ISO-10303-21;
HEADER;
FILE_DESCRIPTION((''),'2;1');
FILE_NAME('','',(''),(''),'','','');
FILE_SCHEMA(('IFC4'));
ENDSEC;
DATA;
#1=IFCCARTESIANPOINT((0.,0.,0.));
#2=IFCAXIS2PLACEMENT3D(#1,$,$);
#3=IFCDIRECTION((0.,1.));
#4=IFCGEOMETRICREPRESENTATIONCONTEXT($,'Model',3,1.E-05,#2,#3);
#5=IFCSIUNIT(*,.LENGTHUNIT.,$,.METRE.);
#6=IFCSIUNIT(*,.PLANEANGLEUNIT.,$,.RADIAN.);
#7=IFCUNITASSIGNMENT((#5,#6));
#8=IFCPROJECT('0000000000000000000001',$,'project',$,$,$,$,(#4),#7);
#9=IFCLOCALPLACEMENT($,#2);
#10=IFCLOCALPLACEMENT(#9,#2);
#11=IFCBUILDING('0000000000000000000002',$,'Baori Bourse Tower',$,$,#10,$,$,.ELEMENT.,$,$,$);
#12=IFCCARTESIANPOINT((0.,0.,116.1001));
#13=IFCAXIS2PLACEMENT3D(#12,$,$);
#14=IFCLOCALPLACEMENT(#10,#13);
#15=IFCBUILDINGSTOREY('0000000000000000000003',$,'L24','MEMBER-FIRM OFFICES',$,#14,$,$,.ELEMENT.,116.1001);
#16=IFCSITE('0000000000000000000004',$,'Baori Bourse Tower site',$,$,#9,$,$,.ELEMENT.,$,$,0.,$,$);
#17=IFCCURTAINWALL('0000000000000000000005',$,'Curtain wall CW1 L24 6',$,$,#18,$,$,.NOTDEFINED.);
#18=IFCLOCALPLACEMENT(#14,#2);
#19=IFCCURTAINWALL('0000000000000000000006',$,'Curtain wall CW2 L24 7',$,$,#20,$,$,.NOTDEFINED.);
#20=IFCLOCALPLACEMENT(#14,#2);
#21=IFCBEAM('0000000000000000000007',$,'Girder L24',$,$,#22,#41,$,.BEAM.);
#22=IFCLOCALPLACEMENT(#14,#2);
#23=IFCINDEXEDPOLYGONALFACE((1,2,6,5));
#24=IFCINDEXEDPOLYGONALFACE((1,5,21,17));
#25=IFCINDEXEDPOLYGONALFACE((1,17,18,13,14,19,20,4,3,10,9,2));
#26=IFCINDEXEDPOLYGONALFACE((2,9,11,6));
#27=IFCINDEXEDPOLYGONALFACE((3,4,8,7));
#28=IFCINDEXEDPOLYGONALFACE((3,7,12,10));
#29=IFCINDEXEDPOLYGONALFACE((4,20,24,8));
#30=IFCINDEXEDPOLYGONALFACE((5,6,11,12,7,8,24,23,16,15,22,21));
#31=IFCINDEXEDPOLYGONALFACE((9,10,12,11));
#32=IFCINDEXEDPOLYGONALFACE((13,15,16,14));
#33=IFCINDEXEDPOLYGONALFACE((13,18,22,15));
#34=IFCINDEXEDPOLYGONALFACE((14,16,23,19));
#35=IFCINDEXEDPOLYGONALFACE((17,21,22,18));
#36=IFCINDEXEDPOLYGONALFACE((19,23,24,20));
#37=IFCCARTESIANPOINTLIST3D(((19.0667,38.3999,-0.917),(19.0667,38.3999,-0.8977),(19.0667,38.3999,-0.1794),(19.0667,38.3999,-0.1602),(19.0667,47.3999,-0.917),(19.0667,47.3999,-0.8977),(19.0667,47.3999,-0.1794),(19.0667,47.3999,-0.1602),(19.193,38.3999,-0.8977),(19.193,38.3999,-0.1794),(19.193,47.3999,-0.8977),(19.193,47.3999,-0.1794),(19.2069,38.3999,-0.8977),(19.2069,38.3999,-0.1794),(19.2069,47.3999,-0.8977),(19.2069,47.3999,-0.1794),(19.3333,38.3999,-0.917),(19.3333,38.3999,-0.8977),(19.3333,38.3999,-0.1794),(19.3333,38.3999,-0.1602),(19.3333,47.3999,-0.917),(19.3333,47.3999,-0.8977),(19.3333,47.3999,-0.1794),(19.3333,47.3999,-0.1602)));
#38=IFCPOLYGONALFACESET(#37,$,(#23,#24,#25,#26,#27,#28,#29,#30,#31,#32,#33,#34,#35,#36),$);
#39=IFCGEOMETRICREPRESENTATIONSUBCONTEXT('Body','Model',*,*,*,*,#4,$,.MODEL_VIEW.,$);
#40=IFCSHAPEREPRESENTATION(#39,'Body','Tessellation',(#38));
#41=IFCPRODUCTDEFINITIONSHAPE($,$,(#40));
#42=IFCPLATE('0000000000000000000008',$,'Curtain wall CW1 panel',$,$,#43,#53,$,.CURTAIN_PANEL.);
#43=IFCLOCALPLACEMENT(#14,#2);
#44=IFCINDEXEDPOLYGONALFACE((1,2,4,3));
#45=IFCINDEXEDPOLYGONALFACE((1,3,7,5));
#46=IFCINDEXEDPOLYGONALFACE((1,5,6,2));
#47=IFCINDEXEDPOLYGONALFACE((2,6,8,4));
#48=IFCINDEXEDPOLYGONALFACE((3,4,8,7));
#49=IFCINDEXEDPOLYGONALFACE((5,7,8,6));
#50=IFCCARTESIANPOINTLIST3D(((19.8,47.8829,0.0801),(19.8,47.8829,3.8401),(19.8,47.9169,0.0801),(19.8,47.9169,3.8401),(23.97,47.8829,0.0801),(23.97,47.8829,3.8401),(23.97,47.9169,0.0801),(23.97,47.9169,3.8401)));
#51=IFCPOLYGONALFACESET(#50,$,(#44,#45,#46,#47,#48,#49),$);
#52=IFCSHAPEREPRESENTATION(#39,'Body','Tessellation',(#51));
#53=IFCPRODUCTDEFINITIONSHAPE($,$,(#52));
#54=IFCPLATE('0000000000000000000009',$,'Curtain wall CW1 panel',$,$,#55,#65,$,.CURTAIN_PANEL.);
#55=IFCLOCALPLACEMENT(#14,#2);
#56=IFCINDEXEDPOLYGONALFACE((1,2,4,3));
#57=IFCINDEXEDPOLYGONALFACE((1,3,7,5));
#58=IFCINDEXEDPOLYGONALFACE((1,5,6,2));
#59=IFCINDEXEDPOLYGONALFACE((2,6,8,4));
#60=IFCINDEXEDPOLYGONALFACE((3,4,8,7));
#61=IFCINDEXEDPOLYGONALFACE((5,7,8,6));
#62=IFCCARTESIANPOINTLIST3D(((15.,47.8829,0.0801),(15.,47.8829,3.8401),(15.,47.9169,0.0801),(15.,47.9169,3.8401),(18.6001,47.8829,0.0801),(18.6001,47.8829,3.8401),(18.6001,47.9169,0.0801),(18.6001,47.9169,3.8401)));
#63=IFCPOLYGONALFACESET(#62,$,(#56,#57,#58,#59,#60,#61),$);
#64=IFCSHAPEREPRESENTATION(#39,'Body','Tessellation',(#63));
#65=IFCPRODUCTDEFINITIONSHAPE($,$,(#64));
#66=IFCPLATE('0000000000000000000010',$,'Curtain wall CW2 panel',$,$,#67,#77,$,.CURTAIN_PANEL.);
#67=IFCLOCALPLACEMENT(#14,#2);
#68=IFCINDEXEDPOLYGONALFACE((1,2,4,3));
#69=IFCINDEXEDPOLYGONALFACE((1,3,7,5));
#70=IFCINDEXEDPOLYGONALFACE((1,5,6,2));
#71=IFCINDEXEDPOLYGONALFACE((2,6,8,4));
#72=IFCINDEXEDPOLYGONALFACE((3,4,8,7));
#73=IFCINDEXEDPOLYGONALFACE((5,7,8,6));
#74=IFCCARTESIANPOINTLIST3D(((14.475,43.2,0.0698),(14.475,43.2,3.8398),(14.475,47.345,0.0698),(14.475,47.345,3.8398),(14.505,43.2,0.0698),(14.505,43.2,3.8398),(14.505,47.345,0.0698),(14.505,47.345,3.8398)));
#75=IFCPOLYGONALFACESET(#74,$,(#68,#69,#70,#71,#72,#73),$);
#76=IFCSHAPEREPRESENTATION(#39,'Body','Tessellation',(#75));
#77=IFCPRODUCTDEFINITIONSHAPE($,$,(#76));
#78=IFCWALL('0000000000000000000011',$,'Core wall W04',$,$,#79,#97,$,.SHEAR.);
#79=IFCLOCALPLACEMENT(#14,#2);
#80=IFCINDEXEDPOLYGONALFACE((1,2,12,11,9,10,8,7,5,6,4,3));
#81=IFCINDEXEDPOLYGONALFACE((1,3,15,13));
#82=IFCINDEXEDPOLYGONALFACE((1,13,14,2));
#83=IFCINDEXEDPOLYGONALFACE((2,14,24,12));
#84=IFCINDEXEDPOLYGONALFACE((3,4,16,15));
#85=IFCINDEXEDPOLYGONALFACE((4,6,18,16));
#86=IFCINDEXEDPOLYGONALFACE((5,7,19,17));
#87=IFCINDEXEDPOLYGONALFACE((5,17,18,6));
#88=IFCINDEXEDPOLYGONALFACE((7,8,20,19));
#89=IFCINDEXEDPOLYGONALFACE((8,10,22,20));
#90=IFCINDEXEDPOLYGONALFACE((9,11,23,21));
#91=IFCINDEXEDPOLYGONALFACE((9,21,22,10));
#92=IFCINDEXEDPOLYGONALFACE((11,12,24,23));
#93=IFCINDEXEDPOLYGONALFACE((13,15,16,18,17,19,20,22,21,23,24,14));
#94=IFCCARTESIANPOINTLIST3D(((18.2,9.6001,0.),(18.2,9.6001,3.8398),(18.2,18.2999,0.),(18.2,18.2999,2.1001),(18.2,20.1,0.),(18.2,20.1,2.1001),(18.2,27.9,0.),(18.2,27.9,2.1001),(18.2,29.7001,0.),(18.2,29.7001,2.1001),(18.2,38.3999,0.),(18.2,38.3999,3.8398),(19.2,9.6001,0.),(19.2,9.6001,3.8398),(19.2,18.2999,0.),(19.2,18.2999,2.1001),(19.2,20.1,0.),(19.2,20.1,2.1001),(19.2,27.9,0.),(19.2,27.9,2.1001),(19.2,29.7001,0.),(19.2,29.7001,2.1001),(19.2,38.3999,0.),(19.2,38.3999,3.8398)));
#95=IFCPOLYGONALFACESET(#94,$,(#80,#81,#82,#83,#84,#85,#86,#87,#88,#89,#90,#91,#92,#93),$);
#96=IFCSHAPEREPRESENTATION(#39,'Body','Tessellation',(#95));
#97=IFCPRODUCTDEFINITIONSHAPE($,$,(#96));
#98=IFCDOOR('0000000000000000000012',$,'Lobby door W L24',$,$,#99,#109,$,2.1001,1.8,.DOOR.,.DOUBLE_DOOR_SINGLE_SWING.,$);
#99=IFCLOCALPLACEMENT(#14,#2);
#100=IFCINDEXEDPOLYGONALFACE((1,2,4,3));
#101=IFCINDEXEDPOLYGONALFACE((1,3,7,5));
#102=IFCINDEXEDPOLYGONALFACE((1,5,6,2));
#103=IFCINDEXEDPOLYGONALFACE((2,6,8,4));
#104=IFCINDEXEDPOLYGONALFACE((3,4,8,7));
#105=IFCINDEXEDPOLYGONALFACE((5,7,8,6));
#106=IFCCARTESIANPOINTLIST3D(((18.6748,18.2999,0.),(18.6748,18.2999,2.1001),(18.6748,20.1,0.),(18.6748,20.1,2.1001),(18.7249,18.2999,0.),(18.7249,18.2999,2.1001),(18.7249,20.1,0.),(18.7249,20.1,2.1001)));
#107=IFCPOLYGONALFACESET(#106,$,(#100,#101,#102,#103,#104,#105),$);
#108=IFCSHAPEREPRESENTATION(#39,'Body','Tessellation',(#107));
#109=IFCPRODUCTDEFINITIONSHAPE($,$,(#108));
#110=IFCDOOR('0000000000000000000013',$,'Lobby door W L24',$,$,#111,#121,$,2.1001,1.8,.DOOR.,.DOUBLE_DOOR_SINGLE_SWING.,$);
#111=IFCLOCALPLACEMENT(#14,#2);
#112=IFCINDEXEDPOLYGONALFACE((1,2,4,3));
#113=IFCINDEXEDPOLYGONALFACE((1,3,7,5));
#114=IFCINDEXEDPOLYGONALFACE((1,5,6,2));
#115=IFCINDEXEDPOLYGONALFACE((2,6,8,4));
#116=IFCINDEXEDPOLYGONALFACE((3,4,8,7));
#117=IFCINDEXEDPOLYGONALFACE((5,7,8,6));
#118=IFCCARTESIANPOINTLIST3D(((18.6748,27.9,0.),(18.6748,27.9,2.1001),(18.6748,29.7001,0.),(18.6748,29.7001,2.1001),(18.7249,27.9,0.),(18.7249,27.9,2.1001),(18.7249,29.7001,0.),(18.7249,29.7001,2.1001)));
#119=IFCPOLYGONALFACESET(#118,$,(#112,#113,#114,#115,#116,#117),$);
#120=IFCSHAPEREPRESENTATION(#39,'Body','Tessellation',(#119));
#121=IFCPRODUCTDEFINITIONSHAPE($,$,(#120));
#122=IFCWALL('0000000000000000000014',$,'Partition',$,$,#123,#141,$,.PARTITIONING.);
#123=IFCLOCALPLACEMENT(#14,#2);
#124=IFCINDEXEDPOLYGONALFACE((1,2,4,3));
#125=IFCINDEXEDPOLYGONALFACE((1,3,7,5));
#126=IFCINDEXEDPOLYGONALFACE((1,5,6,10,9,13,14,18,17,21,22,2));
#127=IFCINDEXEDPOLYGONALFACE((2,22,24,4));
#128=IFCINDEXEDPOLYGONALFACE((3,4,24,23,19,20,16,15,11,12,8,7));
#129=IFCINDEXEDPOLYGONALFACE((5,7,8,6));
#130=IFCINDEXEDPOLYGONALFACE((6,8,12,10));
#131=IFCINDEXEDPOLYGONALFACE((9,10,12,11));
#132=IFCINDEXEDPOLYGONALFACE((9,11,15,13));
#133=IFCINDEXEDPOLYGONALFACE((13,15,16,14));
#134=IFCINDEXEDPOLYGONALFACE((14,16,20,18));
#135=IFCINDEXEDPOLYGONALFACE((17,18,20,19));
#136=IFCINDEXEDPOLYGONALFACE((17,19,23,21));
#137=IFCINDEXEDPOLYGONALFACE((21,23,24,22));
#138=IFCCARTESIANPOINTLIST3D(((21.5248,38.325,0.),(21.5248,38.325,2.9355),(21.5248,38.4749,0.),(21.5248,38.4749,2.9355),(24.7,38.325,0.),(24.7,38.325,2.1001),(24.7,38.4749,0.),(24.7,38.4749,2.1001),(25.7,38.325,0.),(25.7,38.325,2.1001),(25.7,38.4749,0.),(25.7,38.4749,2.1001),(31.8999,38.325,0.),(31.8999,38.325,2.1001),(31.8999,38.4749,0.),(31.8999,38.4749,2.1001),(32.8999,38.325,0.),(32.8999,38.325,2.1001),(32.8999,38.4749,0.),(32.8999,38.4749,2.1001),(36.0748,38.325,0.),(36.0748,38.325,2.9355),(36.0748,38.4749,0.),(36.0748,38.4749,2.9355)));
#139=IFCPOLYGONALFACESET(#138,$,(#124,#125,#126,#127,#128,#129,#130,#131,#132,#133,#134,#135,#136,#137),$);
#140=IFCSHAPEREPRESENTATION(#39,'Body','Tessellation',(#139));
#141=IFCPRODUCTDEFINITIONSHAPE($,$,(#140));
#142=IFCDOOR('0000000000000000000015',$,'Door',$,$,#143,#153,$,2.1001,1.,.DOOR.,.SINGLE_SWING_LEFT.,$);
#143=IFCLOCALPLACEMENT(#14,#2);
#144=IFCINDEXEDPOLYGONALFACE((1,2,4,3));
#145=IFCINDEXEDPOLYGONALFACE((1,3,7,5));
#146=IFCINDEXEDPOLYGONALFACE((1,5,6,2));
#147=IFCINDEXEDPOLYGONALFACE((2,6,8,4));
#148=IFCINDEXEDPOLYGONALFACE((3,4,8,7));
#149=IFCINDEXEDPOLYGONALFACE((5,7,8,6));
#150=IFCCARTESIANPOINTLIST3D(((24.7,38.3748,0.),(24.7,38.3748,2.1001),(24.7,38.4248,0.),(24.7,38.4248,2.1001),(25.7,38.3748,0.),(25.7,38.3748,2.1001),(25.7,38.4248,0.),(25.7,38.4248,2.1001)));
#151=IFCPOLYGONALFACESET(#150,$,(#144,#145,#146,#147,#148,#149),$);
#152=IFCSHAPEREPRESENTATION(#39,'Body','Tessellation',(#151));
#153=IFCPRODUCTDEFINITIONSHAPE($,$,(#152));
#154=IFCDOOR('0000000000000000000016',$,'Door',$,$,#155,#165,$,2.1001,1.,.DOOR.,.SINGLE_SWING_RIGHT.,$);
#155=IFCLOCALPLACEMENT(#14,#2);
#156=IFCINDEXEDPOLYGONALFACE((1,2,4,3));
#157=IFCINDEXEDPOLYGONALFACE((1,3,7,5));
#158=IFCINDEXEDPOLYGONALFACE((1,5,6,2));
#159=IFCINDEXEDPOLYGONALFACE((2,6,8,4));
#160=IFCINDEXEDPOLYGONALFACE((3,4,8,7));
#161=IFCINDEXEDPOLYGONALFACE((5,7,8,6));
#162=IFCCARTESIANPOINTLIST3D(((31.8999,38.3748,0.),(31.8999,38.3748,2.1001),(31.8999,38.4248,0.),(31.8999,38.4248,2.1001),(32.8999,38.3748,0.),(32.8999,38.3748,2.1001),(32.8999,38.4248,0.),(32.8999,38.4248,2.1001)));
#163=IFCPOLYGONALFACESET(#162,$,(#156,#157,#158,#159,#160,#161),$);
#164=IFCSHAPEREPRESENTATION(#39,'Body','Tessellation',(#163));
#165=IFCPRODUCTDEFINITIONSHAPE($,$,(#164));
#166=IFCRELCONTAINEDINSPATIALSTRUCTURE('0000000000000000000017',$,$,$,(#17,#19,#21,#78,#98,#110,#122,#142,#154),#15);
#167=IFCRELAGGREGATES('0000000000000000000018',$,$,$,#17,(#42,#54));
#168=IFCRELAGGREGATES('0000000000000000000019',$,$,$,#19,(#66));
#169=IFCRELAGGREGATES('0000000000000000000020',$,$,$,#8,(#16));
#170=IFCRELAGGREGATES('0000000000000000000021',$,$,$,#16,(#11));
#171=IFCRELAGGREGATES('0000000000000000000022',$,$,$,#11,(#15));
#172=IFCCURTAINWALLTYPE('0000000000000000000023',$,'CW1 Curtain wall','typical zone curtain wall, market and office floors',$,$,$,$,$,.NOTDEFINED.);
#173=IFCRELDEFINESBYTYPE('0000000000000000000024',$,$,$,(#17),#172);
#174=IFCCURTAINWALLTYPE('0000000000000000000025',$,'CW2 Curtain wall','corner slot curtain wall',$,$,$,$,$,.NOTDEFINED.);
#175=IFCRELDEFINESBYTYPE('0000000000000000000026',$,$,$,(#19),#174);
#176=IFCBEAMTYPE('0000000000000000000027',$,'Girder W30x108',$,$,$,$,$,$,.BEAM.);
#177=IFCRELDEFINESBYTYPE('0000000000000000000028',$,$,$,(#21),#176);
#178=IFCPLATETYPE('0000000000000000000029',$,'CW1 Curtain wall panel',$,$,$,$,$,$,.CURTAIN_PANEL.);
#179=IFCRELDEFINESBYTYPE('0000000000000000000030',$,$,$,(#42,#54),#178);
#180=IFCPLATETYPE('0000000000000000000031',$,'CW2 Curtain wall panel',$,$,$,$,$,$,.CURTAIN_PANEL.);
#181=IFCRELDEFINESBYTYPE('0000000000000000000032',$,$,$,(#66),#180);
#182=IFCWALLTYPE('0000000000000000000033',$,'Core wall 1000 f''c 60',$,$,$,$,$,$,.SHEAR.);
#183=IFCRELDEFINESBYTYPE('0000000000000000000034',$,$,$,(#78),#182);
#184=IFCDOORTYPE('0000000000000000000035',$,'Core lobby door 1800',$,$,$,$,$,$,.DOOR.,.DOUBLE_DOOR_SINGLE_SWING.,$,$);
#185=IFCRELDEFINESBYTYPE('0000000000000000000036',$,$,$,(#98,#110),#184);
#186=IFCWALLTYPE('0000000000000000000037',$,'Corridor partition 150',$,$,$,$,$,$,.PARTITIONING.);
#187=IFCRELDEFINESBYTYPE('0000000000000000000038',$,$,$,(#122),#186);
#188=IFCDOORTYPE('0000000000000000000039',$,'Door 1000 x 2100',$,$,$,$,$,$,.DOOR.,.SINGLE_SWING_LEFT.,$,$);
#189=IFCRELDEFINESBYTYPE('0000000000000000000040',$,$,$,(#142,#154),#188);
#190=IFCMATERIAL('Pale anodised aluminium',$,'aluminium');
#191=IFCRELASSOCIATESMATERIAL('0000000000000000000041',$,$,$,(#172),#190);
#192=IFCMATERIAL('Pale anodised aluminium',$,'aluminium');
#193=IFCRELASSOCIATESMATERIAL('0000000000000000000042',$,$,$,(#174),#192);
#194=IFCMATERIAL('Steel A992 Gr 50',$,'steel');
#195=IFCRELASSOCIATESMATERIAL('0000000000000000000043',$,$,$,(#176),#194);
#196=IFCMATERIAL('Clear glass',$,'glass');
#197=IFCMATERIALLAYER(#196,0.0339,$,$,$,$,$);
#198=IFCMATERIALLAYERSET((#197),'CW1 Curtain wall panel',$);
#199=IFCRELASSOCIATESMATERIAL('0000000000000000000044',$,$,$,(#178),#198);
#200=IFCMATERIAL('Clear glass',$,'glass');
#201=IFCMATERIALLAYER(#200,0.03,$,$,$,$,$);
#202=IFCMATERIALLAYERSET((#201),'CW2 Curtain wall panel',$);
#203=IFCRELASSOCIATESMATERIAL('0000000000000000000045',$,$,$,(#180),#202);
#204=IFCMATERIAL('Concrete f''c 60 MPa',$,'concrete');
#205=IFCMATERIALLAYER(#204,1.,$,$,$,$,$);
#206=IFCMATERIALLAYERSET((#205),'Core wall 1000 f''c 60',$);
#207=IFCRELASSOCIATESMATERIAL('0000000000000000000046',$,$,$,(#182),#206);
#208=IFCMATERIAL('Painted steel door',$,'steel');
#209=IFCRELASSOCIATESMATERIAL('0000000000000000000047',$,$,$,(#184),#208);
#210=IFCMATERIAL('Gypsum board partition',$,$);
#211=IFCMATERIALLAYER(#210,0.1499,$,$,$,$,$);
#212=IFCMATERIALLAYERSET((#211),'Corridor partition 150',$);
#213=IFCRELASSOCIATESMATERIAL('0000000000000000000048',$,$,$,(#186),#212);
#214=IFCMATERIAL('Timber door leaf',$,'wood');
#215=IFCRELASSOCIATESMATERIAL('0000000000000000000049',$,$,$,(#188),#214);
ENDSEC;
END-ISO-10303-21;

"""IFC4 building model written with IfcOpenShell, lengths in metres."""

from ifc_helpers import new_model, si_unit, direction, frame, frame_2d, origin, origin_2d, place, context, subcontext, project, spatial, rectangle, i_section, extrude, material, layer, layer_set, material_profile, profile_set, type_object, element, fill, aggregate, save


model = new_model("IFC4")

# Units and contexts
model_context = context("Model", 3, precision=1e-05, world=origin(), true_north=direction((0.0, 1.0)))
body_context = subcontext(model_context, "Body", "Model", "MODEL_VIEW")
ifc_project = project(units=[si_unit("LENGTHUNIT", "METRE"), si_unit("PLANEANGLEUNIT", "RADIAN")], contexts=[model_context])

# Site, building, storey
site_placement = place(None, origin())
site = spatial("IfcSite", under=ifc_project, at=site_placement, Name="Baori Bourse Tower site", CompositionType="ELEMENT", RefElevation=0.0)
building_placement = place(site_placement, origin())
building = spatial("IfcBuilding", under=site, at=building_placement, Name="Baori Bourse Tower", CompositionType="ELEMENT")
storey_placement = place(building_placement, frame((0.0, 0.0, 116.1001)))
storey = spatial("IfcBuildingStorey", under=building, at=storey_placement, Name="L24", Description="MEMBER-FIRM OFFICES", CompositionType="ELEMENT", Elevation=116.1001)

# Curtain wall
ifc_material_1 = material(Name="Pale anodised aluminium", Category="aluminium")
curtain_wall_type_1 = type_object("IfcCurtainWallType", Name="CW1 Curtain wall", Description="typical zone curtain wall, market and office floors", PredefinedType="NOTDEFINED", material=ifc_material_1)
curtain_wall_1_placement = place(storey_placement, origin())
curtain_wall_1 = element("IfcCurtainWall", 1, at=curtain_wall_1_placement, inside=storey, type_object=curtain_wall_type_1, Name="Curtain wall CW1 L24 6", PredefinedType="NOTDEFINED")

# Curtain wall
ifc_material_2 = material(Name="Pale anodised aluminium", Category="aluminium")
curtain_wall_type_2 = type_object("IfcCurtainWallType", Name="CW2 Curtain wall", Description="corner slot curtain wall", PredefinedType="NOTDEFINED", material=ifc_material_2)
curtain_wall_2_placement = place(storey_placement, origin())
curtain_wall_2 = element("IfcCurtainWall", 2, at=curtain_wall_2_placement, inside=storey, type_object=curtain_wall_type_2, Name="Curtain wall CW2 L24 7", PredefinedType="NOTDEFINED")

# Beam
ifc_material_3 = material(Name="Steel A992 Gr 50", Category="steel")
ifc_material_profile_1 = material_profile(ifc_material_3, i_section(OverallWidth=0.2666, OverallDepth=0.7568, WebThickness=0.0139, FlangeThickness=0.0193, at=origin_2d()), Name="W30x108")
ifc_profile_set_1 = profile_set([ifc_material_profile_1], Name="Steel A992 Gr 50")
beam_type_1 = type_object("IfcBeamType", Name="Girder W30x108", PredefinedType="BEAM", material=ifc_profile_set_1)
beam_1_placement = place(storey_placement, frame((19.2, 38.3999, -0.5386), z_axis=(0.0, 1.0, 0.0), x_axis=(-1.0, 0.0, 0.0)))
element("IfcBeam", 3, at=beam_1_placement, inside=storey, type_object=beam_type_1, Name="Girder L24", PredefinedType="BEAM", context=body_context, shape_type="SweptSolid", body=[
    extrude(i_section(OverallWidth=0.2666, OverallDepth=0.7568, WebThickness=0.0139, FlangeThickness=0.0193, at=origin_2d()), origin(), (0.0, 0.0, 1.0), 9.0),
])

# Plates
ifc_material_4 = material(Name="Clear glass", Category="glass")
ifc_layer_1 = layer(ifc_material_4, 0.0339)
ifc_layer_set_1 = layer_set([ifc_layer_1], Name="CW1 Curtain wall panel")
plate_type_1 = type_object("IfcPlateType", Name="CW1 Curtain wall panel", PredefinedType="CURTAIN_PANEL", material=ifc_layer_set_1)
plate_1_placement = place(storey_placement, frame((21.885, 47.8999, 0.0801), z_axis=(0.0, 0.0, 1.0), x_axis=(-1.0, 0.0, 0.0)))
plate_1 = element("IfcPlate", 4, at=plate_1_placement, type_object=plate_type_1, Name="Curtain wall CW1 panel", PredefinedType="CURTAIN_PANEL", context=body_context, shape_type="SweptSolid", body=[
    extrude(rectangle(XDim=4.1699, YDim=0.0339, at=origin_2d()), origin(), (0.0, 0.0, 1.0), 3.76),
])
plate_2_placement = place(storey_placement, frame((16.8, 47.8999, 0.0801), z_axis=(0.0, 0.0, 1.0), x_axis=(-1.0, 0.0, 0.0)))
plate_2 = element("IfcPlate", 5, at=plate_2_placement, type_object=plate_type_1, Name="Curtain wall CW1 panel", PredefinedType="CURTAIN_PANEL", context=body_context, shape_type="SweptSolid", body=[
    extrude(rectangle(XDim=3.6001, YDim=0.0339, at=origin_2d()), origin(), (0.0, 0.0, 1.0), 3.76),
])
aggregate(curtain_wall_1, [plate_1, plate_2])
ifc_material_5 = material(Name="Clear glass", Category="glass")
ifc_layer_2 = layer(ifc_material_5, 0.03)
ifc_layer_set_2 = layer_set([ifc_layer_2], Name="CW2 Curtain wall panel")
plate_type_2 = type_object("IfcPlateType", Name="CW2 Curtain wall panel", PredefinedType="CURTAIN_PANEL", material=ifc_layer_set_2)
plate_3_placement = place(storey_placement, frame((14.49, 45.2725, 0.0698), z_axis=(0.0, 0.0, 1.0), x_axis=(0.0, -1.0, 0.0)))
plate_3 = element("IfcPlate", 6, at=plate_3_placement, type_object=plate_type_2, Name="Curtain wall CW2 panel", PredefinedType="CURTAIN_PANEL", context=body_context, shape_type="SweptSolid", body=[
    extrude(rectangle(XDim=4.145, YDim=0.03, at=origin_2d()), origin(), (0.0, 0.0, 1.0), 3.77),
])
aggregate(curtain_wall_2, [plate_3])

# Walls, openings, doors
ifc_material_6 = material(Name="Concrete f'c 60 MPa", Category="concrete")
ifc_layer_3 = layer(ifc_material_6, 1.0)
ifc_layer_set_3 = layer_set([ifc_layer_3], Name="Core wall 1000 f'c 60")
wall_type_1 = type_object("IfcWallType", Name="Core wall 1000 f'c 60", PredefinedType="SHEAR", material=ifc_layer_set_3)
wall_1_placement = place(storey_placement, frame((18.7, 38.3999, 0.0), z_axis=(0.0, 0.0, 1.0), x_axis=(0.0, -1.0, 0.0)))
wall_1 = element("IfcWall", 7, at=wall_1_placement, inside=storey, type_object=wall_type_1, Name="Core wall W04", PredefinedType="SHEAR", context=body_context, shape_type="SweptSolid", body=[
    extrude(rectangle(XDim=28.7998, YDim=1.0, at=frame_2d((14.3999, 0.0))), origin(), (0.0, 0.0, 1.0), 3.8398),
])
opening_1_placement = place(wall_1_placement, frame((18.3, 0.0, 0.0)))
opening_1 = element("IfcOpeningElement", 8, at=opening_1_placement, cuts=wall_1, PredefinedType="OPENING", context=body_context, shape_type="SweptSolid", body=[
    extrude(rectangle(XDim=1.8, YDim=2.1001, at=frame_2d((0.8999, 1.05))), frame((0.0, 0.51, 0.0), z_axis=(0.0, -1.0, 0.0), x_axis=(1.0, 0.0, 0.0)), (0.0, 0.0, 1.0), 1.02),
])
opening_2_placement = place(wall_1_placement, frame((8.7, 0.0, 0.0)))
opening_2 = element("IfcOpeningElement", 9, at=opening_2_placement, cuts=wall_1, PredefinedType="OPENING", context=body_context, shape_type="SweptSolid", body=[
    extrude(rectangle(XDim=1.8, YDim=2.1001, at=frame_2d((0.8999, 1.05))), frame((0.0, 0.51, 0.0), z_axis=(0.0, -1.0, 0.0), x_axis=(1.0, 0.0, 0.0)), (0.0, 0.0, 1.0), 1.02),
])
ifc_material_7 = material(Name="Painted steel door", Category="steel")
door_type_1 = type_object("IfcDoorType", Name="Core lobby door 1800", OperationType="DOUBLE_DOOR_SINGLE_SWING", PredefinedType="DOOR", material=ifc_material_7)
door_1_placement = place(opening_1_placement, origin())
door_1 = element("IfcDoor", 10, at=door_1_placement, inside=storey, type_object=door_type_1, Name="Lobby door W L24", OperationType="DOUBLE_DOOR_SINGLE_SWING", OverallHeight=2.1001, OverallWidth=1.8, PredefinedType="DOOR", context=body_context, shape_type="SweptSolid", body=[
    extrude(rectangle(XDim=1.8, YDim=2.1001, at=frame_2d((0.8999, 1.05))), frame((0.0, 0.0249, 0.0), z_axis=(0.0, -1.0, 0.0), x_axis=(1.0, 0.0, 0.0)), (0.0, 0.0, 1.0), 0.05),
])
fill(opening_1, door_1)
door_2_placement = place(opening_2_placement, origin())
door_2 = element("IfcDoor", 11, at=door_2_placement, inside=storey, type_object=door_type_1, Name="Lobby door W L24", OperationType="DOUBLE_DOOR_SINGLE_SWING", OverallHeight=2.1001, OverallWidth=1.8, PredefinedType="DOOR", context=body_context, shape_type="SweptSolid", body=[
    extrude(rectangle(XDim=1.8, YDim=2.1001, at=frame_2d((0.8999, 1.05))), frame((0.0, 0.0249, 0.0), z_axis=(0.0, -1.0, 0.0), x_axis=(1.0, 0.0, 0.0)), (0.0, 0.0, 1.0), 0.05),
])
fill(opening_2, door_2)
ifc_material_8 = material(Name="Gypsum board partition")
ifc_layer_4 = layer(ifc_material_8, 0.1499)
ifc_layer_set_4 = layer_set([ifc_layer_4], Name="Corridor partition 150")
wall_type_2 = type_object("IfcWallType", Name="Corridor partition 150", PredefinedType="PARTITIONING", material=ifc_layer_set_4)
wall_2_placement = place(storey_placement, frame((21.5249, 38.3999, 0.0), z_axis=(0.0, 0.0, 1.0), x_axis=(1.0, 0.0, 0.0)))
wall_2 = element("IfcWall", 12, at=wall_2_placement, inside=storey, type_object=wall_type_2, Name="Partition", PredefinedType="PARTITIONING", context=body_context, shape_type="SweptSolid", body=[
    extrude(rectangle(XDim=14.55, YDim=0.1499, at=frame_2d((7.2749, 0.0))), origin(), (0.0, 0.0, 1.0), 2.9355),
])
opening_3_placement = place(wall_2_placement, frame((3.175, 0.0, 0.0)))
opening_3 = element("IfcOpeningElement", 13, at=opening_3_placement, cuts=wall_2, PredefinedType="OPENING", context=body_context, shape_type="SweptSolid", body=[
    extrude(rectangle(XDim=1.0, YDim=2.1001, at=frame_2d((0.5, 1.05))), frame((0.0, 0.085, 0.0), z_axis=(0.0, -1.0, 0.0), x_axis=(1.0, 0.0, 0.0)), (0.0, 0.0, 1.0), 0.1699),
])
opening_4_placement = place(wall_2_placement, frame((10.375, 0.0, 0.0)))
opening_4 = element("IfcOpeningElement", 14, at=opening_4_placement, cuts=wall_2, PredefinedType="OPENING", context=body_context, shape_type="SweptSolid", body=[
    extrude(rectangle(XDim=1.0, YDim=2.1001, at=frame_2d((0.5, 1.05))), frame((0.0, 0.085, 0.0), z_axis=(0.0, -1.0, 0.0), x_axis=(1.0, 0.0, 0.0)), (0.0, 0.0, 1.0), 0.1699),
])
ifc_material_9 = material(Name="Timber door leaf", Category="wood")
door_type_2 = type_object("IfcDoorType", Name="Door 1000 x 2100", OperationType="SINGLE_SWING_LEFT", PredefinedType="DOOR", material=ifc_material_9)
door_3_placement = place(opening_3_placement, origin())
door_3 = element("IfcDoor", 15, at=door_3_placement, inside=storey, type_object=door_type_2, Name="Door", OperationType="SINGLE_SWING_LEFT", OverallHeight=2.1001, OverallWidth=1.0, PredefinedType="DOOR", context=body_context, shape_type="SweptSolid", body=[
    extrude(rectangle(XDim=1.0, YDim=2.1001, at=frame_2d((0.5, 1.05))), frame((0.0, 0.0249, 0.0), z_axis=(0.0, -1.0, 0.0), x_axis=(1.0, 0.0, 0.0)), (0.0, 0.0, 1.0), 0.05),
])
fill(opening_3, door_3)
door_4_placement = place(opening_4_placement, origin())
door_4 = element("IfcDoor", 16, at=door_4_placement, inside=storey, type_object=door_type_2, Name="Door", OperationType="SINGLE_SWING_RIGHT", OverallHeight=2.1001, OverallWidth=1.0, PredefinedType="DOOR", context=body_context, shape_type="SweptSolid", body=[
    extrude(rectangle(XDim=1.0, YDim=2.1001, at=frame_2d((0.5, 1.05))), frame((0.0, 0.0249, 0.0), z_axis=(0.0, -1.0, 0.0), x_axis=(1.0, 0.0, 0.0)), (0.0, 0.0, 1.0), 0.05),
])
fill(opening_4, door_4)

save(model, "model.ifc")
